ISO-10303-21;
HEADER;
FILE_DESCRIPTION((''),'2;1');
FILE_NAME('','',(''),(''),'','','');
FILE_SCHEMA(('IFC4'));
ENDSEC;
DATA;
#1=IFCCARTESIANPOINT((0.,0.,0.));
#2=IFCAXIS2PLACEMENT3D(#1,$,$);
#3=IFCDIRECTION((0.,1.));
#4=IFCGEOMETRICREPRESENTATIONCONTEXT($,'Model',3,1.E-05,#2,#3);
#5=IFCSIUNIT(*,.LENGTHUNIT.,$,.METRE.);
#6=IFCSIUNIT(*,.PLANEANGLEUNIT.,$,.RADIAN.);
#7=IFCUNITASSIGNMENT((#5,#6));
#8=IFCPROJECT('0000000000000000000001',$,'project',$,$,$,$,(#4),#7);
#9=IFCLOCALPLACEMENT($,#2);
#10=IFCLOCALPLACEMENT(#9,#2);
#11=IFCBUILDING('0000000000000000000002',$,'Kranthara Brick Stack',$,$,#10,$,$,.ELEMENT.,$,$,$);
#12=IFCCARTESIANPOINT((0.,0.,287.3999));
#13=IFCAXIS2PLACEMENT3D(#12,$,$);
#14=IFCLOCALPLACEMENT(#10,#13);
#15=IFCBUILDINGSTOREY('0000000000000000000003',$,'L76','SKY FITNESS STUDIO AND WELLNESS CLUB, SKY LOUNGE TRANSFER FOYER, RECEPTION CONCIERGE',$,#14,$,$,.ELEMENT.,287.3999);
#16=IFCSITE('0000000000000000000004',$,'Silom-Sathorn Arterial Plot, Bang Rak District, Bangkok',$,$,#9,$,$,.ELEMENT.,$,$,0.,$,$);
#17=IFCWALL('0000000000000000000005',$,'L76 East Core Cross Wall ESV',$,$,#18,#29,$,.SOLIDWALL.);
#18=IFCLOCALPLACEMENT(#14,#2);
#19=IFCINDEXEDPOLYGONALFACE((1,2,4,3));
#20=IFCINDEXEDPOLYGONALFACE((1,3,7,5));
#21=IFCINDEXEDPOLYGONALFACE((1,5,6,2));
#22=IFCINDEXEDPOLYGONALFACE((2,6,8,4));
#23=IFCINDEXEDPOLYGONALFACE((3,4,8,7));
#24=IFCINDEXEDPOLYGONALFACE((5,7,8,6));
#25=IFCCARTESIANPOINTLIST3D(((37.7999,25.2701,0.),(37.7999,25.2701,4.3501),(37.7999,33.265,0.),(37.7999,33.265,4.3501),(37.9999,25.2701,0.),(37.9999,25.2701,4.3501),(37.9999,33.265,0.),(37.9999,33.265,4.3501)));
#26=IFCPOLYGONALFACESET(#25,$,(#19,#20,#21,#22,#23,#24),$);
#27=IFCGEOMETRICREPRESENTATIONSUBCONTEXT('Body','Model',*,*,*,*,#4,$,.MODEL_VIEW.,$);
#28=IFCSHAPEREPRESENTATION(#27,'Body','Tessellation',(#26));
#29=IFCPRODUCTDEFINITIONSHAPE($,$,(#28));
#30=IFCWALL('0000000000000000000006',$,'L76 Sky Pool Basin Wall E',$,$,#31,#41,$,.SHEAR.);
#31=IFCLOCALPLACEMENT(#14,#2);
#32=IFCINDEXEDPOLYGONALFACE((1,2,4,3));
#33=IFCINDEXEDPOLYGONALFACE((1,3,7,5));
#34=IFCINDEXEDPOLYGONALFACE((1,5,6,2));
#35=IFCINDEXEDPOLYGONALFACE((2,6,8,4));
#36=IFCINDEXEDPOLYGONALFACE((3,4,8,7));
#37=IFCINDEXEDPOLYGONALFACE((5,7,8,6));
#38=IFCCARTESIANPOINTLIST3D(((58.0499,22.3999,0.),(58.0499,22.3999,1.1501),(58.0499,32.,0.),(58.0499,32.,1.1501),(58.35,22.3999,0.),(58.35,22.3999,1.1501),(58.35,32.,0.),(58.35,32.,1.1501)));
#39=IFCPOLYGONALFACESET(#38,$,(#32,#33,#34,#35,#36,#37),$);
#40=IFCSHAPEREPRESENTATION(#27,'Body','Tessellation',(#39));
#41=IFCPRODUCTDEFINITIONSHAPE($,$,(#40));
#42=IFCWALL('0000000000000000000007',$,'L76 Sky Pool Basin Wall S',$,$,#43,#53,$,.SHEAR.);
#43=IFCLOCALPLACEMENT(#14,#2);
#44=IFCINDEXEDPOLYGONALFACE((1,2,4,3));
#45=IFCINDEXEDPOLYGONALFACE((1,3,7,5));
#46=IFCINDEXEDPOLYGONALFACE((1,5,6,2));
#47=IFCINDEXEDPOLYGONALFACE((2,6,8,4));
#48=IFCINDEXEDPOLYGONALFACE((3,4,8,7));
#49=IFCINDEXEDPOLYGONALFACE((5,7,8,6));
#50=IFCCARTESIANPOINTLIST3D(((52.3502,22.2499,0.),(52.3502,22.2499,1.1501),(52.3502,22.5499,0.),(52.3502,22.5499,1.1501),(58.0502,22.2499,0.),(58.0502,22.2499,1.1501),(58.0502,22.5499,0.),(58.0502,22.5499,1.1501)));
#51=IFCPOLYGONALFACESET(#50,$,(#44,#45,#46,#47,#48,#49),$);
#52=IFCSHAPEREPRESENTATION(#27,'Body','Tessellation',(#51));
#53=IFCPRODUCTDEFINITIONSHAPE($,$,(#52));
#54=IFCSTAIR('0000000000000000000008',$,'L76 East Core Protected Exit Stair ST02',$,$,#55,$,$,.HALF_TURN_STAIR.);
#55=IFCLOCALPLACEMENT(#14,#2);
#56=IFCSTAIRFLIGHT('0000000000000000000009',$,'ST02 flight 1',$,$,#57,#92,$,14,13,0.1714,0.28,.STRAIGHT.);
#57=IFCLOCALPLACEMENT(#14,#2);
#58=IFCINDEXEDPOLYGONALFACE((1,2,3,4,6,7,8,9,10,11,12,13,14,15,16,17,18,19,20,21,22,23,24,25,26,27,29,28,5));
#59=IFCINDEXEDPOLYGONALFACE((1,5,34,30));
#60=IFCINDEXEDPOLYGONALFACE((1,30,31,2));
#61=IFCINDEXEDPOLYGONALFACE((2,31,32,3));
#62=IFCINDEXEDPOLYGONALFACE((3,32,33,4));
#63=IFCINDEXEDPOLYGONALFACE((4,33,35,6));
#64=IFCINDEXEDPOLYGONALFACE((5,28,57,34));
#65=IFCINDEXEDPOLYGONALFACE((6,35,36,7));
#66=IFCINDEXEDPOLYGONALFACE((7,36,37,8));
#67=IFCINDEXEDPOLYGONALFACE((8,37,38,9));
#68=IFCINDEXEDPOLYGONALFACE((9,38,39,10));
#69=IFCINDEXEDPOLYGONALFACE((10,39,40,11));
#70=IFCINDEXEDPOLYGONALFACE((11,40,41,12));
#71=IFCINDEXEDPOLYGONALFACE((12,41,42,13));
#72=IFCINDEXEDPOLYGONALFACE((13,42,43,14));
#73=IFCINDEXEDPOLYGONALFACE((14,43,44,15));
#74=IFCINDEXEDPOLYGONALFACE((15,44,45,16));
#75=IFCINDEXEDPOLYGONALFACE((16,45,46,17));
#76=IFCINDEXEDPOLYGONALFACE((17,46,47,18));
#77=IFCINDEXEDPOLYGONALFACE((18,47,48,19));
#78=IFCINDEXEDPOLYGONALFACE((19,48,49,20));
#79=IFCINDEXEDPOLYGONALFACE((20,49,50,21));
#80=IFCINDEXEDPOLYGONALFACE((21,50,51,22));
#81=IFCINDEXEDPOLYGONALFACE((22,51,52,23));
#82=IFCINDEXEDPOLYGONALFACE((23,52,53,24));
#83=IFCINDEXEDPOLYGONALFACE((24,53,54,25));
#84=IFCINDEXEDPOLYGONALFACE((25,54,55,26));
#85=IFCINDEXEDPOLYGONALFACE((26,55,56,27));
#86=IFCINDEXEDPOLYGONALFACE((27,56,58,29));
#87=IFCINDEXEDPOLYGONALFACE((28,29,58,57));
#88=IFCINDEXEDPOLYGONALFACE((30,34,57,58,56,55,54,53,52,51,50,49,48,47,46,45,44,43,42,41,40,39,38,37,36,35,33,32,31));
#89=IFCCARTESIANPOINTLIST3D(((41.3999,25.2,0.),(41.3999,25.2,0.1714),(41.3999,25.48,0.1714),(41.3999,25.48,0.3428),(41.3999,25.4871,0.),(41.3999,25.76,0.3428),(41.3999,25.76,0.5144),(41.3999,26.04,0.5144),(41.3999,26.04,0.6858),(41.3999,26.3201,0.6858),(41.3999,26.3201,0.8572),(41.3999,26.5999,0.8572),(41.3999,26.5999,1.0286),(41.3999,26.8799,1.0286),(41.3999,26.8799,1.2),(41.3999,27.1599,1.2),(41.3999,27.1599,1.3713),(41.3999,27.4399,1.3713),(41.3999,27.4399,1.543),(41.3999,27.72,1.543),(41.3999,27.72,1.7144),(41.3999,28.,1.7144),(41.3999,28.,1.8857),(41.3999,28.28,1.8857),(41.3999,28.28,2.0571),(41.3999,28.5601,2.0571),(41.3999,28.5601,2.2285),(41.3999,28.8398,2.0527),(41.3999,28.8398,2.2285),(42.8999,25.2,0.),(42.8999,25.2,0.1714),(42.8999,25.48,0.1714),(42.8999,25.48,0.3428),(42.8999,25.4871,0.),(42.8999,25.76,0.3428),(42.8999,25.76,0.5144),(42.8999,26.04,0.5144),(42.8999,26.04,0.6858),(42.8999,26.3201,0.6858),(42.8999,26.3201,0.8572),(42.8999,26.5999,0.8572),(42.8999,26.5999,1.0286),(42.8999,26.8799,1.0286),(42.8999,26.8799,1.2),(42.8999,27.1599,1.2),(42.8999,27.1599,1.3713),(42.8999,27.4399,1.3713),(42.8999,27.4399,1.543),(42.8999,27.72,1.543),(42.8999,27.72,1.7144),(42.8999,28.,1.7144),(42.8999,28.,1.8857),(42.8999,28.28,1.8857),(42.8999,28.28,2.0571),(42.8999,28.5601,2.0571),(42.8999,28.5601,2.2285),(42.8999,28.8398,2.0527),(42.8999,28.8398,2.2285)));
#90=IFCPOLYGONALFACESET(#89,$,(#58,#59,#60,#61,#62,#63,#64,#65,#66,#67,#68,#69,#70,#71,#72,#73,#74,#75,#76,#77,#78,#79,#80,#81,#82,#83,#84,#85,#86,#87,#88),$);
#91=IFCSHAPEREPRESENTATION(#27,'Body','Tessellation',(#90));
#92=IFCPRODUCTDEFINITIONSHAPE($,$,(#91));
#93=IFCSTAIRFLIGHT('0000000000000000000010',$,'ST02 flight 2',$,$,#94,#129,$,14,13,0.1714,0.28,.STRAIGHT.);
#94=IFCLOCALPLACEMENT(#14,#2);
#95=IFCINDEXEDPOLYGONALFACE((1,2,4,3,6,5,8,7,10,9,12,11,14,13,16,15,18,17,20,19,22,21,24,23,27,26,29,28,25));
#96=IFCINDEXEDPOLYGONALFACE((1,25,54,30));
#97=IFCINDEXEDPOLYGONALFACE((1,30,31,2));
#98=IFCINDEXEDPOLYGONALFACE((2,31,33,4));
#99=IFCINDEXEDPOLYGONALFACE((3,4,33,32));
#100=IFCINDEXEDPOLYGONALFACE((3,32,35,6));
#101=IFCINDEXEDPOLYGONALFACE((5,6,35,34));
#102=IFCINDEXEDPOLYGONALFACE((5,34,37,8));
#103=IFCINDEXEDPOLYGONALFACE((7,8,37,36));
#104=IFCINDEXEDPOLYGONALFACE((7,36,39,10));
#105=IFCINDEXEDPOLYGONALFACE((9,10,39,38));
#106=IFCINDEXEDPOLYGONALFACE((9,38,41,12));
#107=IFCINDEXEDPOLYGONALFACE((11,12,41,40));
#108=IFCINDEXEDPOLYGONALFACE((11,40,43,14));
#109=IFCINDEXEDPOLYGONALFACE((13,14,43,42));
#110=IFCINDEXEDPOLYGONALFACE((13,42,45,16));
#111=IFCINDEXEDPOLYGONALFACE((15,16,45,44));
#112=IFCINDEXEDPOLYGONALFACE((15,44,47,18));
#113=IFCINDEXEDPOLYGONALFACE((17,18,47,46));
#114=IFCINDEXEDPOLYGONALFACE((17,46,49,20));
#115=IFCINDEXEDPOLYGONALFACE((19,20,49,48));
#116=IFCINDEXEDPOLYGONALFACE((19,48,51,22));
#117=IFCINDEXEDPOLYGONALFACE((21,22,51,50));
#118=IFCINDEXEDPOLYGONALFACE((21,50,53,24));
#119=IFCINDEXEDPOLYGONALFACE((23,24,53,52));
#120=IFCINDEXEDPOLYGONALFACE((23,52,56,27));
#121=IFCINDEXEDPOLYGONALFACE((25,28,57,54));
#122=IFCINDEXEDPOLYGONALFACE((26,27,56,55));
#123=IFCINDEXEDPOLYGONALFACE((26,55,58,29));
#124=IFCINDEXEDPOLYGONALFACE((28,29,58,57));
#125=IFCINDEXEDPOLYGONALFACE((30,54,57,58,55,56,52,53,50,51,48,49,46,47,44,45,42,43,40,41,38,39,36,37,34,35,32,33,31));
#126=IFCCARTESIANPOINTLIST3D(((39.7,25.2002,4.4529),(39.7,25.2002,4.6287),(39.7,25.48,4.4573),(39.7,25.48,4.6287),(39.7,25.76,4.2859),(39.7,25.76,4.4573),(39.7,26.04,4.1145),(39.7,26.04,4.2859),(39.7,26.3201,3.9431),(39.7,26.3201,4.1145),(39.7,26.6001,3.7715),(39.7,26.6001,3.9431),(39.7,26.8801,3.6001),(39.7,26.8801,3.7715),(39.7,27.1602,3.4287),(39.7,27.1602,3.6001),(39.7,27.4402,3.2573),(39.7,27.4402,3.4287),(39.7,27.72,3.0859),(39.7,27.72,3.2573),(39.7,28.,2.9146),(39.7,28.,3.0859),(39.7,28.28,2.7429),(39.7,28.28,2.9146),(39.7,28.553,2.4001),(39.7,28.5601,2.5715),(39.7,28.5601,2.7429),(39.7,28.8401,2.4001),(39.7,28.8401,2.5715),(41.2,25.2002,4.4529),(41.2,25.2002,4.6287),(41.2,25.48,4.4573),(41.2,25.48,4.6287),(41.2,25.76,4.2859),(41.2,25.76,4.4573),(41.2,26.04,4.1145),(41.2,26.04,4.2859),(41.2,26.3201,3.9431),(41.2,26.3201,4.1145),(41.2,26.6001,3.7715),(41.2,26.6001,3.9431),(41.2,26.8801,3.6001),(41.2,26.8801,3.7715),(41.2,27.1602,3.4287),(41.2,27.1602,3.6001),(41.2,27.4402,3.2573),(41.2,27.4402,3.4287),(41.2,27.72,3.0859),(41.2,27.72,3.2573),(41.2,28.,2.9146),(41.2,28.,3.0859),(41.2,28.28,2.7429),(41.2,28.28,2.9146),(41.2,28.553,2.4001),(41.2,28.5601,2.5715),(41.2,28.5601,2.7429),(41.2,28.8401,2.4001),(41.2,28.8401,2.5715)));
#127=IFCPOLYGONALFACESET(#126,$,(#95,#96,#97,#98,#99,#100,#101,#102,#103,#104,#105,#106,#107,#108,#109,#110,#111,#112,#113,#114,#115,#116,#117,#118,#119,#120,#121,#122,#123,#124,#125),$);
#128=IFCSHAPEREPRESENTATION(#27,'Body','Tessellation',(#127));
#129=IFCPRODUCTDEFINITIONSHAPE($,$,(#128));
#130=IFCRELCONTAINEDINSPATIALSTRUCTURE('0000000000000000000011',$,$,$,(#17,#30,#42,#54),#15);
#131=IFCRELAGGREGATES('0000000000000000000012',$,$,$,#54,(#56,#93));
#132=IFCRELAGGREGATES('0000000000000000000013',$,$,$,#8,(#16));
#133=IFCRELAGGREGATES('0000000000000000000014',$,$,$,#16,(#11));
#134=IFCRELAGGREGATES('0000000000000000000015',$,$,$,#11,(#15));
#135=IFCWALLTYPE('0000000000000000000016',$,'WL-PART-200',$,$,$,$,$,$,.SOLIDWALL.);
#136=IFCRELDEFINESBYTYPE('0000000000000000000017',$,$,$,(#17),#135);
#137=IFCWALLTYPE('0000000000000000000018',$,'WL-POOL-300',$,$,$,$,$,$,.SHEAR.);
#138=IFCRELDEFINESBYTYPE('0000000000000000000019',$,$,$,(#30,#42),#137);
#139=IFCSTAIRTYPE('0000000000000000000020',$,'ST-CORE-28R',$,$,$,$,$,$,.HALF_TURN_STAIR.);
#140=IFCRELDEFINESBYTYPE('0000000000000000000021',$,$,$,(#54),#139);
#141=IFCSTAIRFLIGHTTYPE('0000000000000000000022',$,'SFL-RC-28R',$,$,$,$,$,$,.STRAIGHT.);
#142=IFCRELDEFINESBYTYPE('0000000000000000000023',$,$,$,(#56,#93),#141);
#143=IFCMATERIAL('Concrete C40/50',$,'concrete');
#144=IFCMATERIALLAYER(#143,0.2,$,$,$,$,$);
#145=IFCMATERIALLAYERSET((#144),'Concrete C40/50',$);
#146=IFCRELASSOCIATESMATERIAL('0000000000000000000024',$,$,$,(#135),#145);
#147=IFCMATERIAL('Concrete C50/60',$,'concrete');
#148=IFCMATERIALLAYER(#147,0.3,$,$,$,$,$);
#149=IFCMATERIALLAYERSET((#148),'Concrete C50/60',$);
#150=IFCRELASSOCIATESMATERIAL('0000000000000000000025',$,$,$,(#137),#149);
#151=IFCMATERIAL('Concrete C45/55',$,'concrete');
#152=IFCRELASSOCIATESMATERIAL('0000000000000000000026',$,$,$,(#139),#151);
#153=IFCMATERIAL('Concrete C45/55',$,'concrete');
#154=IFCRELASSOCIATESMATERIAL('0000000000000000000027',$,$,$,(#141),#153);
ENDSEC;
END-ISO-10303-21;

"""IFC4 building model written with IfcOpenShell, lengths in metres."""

from ifc_helpers import new_model, si_unit, direction, frame, frame_2d, origin, place, context, subcontext, project, spatial, polyline, rectangle, outline, extrude, material, layer, layer_set, type_object, element, aggregate, save


model = new_model("IFC4")

# Units and contexts
model_context = context("Model", 3, precision=1e-05, world=origin(), true_north=direction((0.0, 1.0)))
body_context = subcontext(model_context, "Body", "Model", "MODEL_VIEW")
ifc_project = project(units=[si_unit("LENGTHUNIT", "METRE"), si_unit("PLANEANGLEUNIT", "RADIAN")], contexts=[model_context])

# Site, building, storey
site_placement = place(None, origin())
site = spatial("IfcSite", under=ifc_project, at=site_placement, Name="Silom-Sathorn Arterial Plot, Bang Rak District, Bangkok", CompositionType="ELEMENT", RefElevation=0.0)
building_placement = place(site_placement, origin())
building = spatial("IfcBuilding", under=site, at=building_placement, Name="Kranthara Brick Stack", CompositionType="ELEMENT")
storey_placement = place(building_placement, frame((0.0, 0.0, 287.3999)))
storey = spatial("IfcBuildingStorey", under=building, at=storey_placement, Name="L76", Description="SKY FITNESS STUDIO AND WELLNESS CLUB, SKY LOUNGE TRANSFER FOYER, RECEPTION CONCIERGE", CompositionType="ELEMENT", Elevation=287.3999)

# Walls
ifc_material_1 = material(Name="Concrete C40/50", Category="concrete")
ifc_layer_1 = layer(ifc_material_1, 0.2)
ifc_layer_set_1 = layer_set([ifc_layer_1], Name="Concrete C40/50")
wall_type_1 = type_object("IfcWallType", Name="WL-PART-200", PredefinedType="SOLIDWALL", material=ifc_layer_set_1)
wall_1_placement = place(storey_placement, frame((37.8999, 25.27, 0.0), z_axis=(0.0, 0.0, 1.0), x_axis=(0.0, 1.0, 0.0)))
element("IfcWall", 1, at=wall_1_placement, inside=storey, type_object=wall_type_1, Name="L76 East Core Cross Wall ESV", PredefinedType="SOLIDWALL", context=body_context, shape_type="SweptSolid", body=[
    extrude(rectangle(XDim=7.9949, YDim=0.2, at=frame_2d((3.9976, 0.0))), origin(), (0.0, 0.0, 1.0), 4.3501),
])
ifc_material_2 = material(Name="Concrete C50/60", Category="concrete")
ifc_layer_2 = layer(ifc_material_2, 0.3)
ifc_layer_set_2 = layer_set([ifc_layer_2], Name="Concrete C50/60")
wall_type_2 = type_object("IfcWallType", Name="WL-POOL-300", PredefinedType="SHEAR", material=ifc_layer_set_2)
wall_2_placement = place(storey_placement, frame((58.2, 22.3999, 0.0), z_axis=(0.0, 0.0, 1.0), x_axis=(0.0, 1.0, 0.0)))
element("IfcWall", 2, at=wall_2_placement, inside=storey, type_object=wall_type_2, Name="L76 Sky Pool Basin Wall E", PredefinedType="SHEAR", context=body_context, shape_type="SweptSolid", body=[
    extrude(rectangle(XDim=9.6001, YDim=0.3, at=frame_2d((4.8, 0.0))), origin(), (0.0, 0.0, 1.0), 1.1501),
])
wall_3_placement = place(storey_placement, frame((52.3501, 22.3999, 0.0), z_axis=(0.0, 0.0, 1.0), x_axis=(1.0, 0.0, 0.0)))
element("IfcWall", 3, at=wall_3_placement, inside=storey, type_object=wall_type_2, Name="L76 Sky Pool Basin Wall S", PredefinedType="SHEAR", context=body_context, shape_type="SweptSolid", body=[
    extrude(rectangle(XDim=5.7, YDim=0.3, at=frame_2d((2.8501, 0.0))), origin(), (0.0, 0.0, 1.0), 1.1501),
])

# Stair, stair flights
ifc_material_3 = material(Name="Concrete C45/55", Category="concrete")
stair_type = type_object("IfcStairType", Name="ST-CORE-28R", PredefinedType="HALF_TURN_STAIR", material=ifc_material_3)
stair_placement = place(storey_placement, origin())
stair = element("IfcStair", 4, at=stair_placement, inside=storey, type_object=stair_type, Name="L76 East Core Protected Exit Stair ST02", PredefinedType="HALF_TURN_STAIR")
ifc_material_4 = material(Name="Concrete C45/55", Category="concrete")
stair_flight_type = type_object("IfcStairFlightType", Name="SFL-RC-28R", PredefinedType="STRAIGHT", material=ifc_material_4)
stair_flight_1_placement = place(storey_placement, frame((42.1499, 25.2, 0.0), z_axis=(0.0, 0.0, 1.0), x_axis=(0.0, 1.0, 0.0)))
stair_flight_1 = element("IfcStairFlight", 5, at=stair_flight_1_placement, type_object=stair_flight_type, Name="ST02 flight 1", NumberOfRisers=14, NumberOfTreads=13, PredefinedType="STRAIGHT", RiserHeight=0.1714, TreadLength=0.28, context=body_context, shape_type="SweptSolid", body=[
    extrude(outline(polyline([(0.0, 0.0), (0.0, 0.1714), (0.28, 0.1714), (0.28, 0.3428), (0.5601, 0.3428), (0.5601, 0.5144), (0.8401, 0.5144), (0.8401, 0.6858), (1.1201, 0.6858), (1.1201, 0.8572), (1.3999, 0.8572), (1.3999, 1.0286), (1.6799, 1.0286), (1.6799, 1.2), (1.96, 1.2), (1.96, 1.3713), (2.24, 1.3713), (2.24, 1.543), (2.52, 1.543), (2.52, 1.7144), (2.8, 1.7144), (2.8, 1.8857), (3.0801, 1.8857), (3.0801, 2.0571), (3.3601, 2.0571), (3.3601, 2.2285), (3.6399, 2.2285), (3.6399, 2.3999), (3.6399, 2.0527), (0.2871, 0.0), (0.0, 0.0)])), frame((0.0, 0.75, 0.0), z_axis=(0.0, -1.0, 0.0), x_axis=(1.0, 0.0, 0.0)), (0.0, 0.0, 1.0), 1.5),
])
stair_flight_2_placement = place(storey_placement, frame((40.45, 28.8401, 2.4001), z_axis=(0.0, 0.0, 1.0), x_axis=(0.0, -1.0, 0.0)))
stair_flight_2 = element("IfcStairFlight", 6, at=stair_flight_2_placement, type_object=stair_flight_type, Name="ST02 flight 2", NumberOfRisers=14, NumberOfTreads=13, PredefinedType="STRAIGHT", RiserHeight=0.1714, TreadLength=0.28, context=body_context, shape_type="SweptSolid", body=[
    extrude(outline(polyline([(0.0, 0.0), (0.0, 0.1714), (0.28, 0.1714), (0.28, 0.3428), (0.5601, 0.3428), (0.5601, 0.5144), (0.8401, 0.5144), (0.8401, 0.6858), (1.1201, 0.6858), (1.1201, 0.8572), (1.3999, 0.8572), (1.3999, 1.0286), (1.6799, 1.0286), (1.6799, 1.2), (1.96, 1.2), (1.96, 1.3713), (2.24, 1.3713), (2.24, 1.543), (2.52, 1.543), (2.52, 1.7144), (2.8, 1.7144), (2.8, 1.8857), (3.0801, 1.8857), (3.0801, 2.0571), (3.3601, 2.0571), (3.3601, 2.2285), (3.6399, 2.2285), (3.6399, 2.3999), (3.6399, 2.0527), (0.2871, 0.0), (0.0, 0.0)])), frame((0.0, 0.75, 0.0), z_axis=(0.0, -1.0, 0.0), x_axis=(1.0, 0.0, 0.0)), (0.0, 0.0, 1.0), 1.5),
])
aggregate(stair, [stair_flight_1, stair_flight_2])

save(model, "model.ifc")
